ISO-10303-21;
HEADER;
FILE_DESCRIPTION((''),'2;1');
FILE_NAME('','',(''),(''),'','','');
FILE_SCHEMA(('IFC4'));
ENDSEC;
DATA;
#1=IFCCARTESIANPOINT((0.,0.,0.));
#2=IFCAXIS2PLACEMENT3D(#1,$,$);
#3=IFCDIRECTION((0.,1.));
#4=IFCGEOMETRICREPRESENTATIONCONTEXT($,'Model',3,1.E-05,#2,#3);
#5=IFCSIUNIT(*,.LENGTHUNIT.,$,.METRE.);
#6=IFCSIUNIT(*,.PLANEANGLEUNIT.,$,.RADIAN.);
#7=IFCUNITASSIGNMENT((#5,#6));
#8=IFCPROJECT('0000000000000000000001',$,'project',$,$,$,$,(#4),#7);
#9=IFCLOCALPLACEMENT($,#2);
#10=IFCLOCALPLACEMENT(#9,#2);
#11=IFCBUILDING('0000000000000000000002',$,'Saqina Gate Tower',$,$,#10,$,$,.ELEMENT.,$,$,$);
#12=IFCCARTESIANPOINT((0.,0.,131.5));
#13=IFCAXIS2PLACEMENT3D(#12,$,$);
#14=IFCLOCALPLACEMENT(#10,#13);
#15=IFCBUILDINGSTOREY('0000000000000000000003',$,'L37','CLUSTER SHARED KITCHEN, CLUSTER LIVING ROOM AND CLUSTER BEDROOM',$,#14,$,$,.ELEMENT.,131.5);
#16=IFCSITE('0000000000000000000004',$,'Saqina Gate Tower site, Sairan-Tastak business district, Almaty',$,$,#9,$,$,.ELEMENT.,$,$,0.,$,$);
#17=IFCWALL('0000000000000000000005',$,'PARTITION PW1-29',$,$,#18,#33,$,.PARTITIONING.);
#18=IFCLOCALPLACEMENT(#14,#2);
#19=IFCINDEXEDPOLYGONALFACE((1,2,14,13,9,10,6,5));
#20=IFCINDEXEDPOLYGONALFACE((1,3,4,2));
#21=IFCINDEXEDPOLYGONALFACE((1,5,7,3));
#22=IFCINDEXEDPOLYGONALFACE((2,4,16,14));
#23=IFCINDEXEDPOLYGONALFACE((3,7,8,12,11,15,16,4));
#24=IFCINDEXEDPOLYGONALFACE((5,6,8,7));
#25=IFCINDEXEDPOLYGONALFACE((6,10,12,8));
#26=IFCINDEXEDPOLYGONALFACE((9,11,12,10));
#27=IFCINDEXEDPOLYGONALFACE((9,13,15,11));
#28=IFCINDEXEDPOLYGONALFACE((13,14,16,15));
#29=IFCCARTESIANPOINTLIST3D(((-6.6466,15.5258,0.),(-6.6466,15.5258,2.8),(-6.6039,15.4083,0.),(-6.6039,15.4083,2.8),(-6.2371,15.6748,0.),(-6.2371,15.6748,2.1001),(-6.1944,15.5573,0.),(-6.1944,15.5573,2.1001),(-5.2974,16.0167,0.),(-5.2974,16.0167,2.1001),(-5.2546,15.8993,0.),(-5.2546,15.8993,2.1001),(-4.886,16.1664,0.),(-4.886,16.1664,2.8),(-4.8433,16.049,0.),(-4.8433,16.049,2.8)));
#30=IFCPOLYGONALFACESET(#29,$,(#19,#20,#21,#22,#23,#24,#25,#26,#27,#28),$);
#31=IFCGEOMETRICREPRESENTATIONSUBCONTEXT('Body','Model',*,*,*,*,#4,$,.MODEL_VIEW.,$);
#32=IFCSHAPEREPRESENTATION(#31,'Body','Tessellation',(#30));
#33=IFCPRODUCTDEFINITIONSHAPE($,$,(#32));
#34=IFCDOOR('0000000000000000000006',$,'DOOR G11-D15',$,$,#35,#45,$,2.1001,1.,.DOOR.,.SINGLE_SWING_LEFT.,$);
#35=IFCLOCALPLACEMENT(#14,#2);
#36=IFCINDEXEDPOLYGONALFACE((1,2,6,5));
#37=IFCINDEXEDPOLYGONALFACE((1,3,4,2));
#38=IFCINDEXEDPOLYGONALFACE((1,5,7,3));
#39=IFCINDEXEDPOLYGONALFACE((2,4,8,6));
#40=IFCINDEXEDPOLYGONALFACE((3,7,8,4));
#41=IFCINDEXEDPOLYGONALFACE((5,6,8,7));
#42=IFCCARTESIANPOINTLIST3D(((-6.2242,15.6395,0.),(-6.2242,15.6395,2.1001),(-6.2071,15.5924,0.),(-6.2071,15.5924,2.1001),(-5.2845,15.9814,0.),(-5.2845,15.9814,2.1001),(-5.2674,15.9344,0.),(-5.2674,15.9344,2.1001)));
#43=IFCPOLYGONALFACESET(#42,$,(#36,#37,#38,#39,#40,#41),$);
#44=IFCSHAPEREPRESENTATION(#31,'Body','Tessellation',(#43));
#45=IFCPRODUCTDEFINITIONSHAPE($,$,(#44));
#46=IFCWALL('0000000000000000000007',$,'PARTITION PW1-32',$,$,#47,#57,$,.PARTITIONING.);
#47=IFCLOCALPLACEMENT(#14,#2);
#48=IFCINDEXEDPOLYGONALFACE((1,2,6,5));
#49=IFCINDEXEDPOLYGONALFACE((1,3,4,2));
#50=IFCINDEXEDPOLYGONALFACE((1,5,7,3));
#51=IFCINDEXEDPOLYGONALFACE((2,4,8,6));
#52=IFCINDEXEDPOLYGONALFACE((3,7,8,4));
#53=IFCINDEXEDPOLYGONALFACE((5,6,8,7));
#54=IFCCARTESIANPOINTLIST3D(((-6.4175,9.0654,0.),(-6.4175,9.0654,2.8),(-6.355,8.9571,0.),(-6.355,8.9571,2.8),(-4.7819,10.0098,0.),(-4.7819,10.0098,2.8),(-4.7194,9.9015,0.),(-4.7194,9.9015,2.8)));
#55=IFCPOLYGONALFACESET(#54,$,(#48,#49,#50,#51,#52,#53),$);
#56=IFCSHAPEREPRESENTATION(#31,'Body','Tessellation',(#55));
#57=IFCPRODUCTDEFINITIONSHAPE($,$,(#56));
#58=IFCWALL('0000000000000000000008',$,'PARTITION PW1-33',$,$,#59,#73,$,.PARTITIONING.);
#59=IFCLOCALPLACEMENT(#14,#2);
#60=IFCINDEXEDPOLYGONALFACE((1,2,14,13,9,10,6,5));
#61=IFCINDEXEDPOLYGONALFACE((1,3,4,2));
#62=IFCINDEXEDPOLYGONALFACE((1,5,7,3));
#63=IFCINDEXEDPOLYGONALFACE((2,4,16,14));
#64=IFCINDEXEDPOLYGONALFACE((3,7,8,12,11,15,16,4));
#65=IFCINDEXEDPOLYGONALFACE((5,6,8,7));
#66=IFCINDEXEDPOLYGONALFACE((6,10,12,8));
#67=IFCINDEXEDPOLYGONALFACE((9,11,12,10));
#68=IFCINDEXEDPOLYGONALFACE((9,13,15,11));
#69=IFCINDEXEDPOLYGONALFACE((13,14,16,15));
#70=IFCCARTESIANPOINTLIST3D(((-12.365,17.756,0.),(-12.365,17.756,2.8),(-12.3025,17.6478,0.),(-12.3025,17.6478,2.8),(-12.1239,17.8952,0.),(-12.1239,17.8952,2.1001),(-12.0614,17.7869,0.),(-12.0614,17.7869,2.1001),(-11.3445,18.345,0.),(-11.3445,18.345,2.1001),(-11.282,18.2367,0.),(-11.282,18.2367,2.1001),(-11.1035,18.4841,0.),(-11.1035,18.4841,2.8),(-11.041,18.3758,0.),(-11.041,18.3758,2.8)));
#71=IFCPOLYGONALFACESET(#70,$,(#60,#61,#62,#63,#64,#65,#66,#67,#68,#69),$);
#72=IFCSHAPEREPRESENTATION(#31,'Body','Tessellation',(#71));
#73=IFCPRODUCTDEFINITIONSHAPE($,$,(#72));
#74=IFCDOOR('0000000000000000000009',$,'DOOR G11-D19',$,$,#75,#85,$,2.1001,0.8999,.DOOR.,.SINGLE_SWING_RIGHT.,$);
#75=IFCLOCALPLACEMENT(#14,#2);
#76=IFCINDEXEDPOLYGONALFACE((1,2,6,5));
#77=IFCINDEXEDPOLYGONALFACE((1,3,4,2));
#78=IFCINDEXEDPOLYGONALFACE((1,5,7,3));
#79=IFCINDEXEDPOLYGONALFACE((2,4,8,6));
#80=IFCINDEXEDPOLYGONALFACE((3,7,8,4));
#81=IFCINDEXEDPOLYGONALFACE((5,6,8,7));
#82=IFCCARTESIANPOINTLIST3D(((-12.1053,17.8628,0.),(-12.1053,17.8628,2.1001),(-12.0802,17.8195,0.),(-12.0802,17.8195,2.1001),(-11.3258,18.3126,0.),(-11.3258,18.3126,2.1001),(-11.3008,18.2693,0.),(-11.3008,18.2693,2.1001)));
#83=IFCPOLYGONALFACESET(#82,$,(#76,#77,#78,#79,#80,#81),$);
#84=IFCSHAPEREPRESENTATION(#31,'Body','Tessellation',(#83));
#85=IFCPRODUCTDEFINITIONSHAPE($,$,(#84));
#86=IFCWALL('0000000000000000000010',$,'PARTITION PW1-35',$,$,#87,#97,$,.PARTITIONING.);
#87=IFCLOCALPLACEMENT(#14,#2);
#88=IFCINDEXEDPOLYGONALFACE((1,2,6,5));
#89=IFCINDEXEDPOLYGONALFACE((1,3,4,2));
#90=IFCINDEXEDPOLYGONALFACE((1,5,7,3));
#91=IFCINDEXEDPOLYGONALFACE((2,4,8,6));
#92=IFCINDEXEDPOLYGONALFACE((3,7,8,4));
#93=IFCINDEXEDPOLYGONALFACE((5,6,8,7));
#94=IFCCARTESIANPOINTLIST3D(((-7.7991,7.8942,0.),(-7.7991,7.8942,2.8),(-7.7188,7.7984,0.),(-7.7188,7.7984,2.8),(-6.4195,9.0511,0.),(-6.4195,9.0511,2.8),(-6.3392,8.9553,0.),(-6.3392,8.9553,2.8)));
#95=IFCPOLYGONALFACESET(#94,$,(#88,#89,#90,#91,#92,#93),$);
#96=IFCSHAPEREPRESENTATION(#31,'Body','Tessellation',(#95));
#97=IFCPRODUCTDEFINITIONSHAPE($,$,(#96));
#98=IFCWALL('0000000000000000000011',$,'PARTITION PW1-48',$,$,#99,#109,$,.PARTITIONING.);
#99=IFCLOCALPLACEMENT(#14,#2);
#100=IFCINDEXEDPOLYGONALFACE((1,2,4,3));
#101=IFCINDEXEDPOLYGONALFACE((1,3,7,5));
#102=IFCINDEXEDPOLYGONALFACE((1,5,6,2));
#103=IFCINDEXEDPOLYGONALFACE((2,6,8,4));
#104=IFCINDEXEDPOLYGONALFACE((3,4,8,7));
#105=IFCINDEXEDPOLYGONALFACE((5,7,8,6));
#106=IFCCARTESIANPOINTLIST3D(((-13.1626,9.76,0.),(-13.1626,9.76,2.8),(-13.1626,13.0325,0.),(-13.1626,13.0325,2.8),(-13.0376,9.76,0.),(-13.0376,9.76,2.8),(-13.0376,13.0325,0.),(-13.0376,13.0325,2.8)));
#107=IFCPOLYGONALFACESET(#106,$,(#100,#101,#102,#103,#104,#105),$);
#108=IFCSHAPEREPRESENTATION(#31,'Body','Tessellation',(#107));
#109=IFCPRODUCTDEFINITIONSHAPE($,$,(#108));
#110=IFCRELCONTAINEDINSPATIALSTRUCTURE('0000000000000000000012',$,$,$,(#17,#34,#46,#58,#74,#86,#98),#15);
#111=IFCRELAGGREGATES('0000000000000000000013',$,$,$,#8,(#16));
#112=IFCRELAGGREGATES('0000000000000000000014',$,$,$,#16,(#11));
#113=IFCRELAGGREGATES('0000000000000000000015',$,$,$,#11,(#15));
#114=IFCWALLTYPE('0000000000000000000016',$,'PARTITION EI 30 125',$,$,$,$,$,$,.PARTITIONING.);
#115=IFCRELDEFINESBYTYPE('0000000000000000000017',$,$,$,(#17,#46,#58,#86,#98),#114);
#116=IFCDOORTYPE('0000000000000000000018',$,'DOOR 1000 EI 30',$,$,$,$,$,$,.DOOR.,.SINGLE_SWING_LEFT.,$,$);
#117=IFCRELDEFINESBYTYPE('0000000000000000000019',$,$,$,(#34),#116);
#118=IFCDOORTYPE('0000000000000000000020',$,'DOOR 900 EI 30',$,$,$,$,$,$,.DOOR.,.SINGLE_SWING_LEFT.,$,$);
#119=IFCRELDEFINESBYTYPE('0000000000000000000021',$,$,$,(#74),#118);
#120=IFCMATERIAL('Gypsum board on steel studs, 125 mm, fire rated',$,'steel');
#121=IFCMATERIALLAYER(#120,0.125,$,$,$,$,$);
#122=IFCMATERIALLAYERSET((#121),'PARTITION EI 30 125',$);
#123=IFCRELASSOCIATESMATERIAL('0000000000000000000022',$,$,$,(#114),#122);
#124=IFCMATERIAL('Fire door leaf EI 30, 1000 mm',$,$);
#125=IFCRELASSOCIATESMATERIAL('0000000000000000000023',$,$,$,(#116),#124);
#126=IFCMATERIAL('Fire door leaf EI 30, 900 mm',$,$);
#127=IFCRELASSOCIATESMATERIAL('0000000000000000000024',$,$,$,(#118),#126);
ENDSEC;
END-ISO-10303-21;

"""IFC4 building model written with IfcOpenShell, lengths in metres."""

from ifc_helpers import new_model, si_unit, direction, frame, frame_2d, origin, place, context, subcontext, project, spatial, rectangle, extrude, material, layer, layer_set, type_object, element, fill, save


model = new_model("IFC4")

# Units and contexts
model_context = context("Model", 3, precision=1e-05, world=origin(), true_north=direction((0.0, 1.0)))
body_context = subcontext(model_context, "Body", "Model", "MODEL_VIEW")
ifc_project = project(units=[si_unit("LENGTHUNIT", "METRE"), si_unit("PLANEANGLEUNIT", "RADIAN")], contexts=[model_context])

# Site, building, storey
site_placement = place(None, origin())
site = spatial("IfcSite", under=ifc_project, at=site_placement, Name="Saqina Gate Tower site, Sairan-Tastak business district, Almaty", CompositionType="ELEMENT", RefElevation=0.0)
building_placement = place(site_placement, origin())
building = spatial("IfcBuilding", under=site, at=building_placement, Name="Saqina Gate Tower", CompositionType="ELEMENT")
storey_placement = place(building_placement, frame((0.0, 0.0, 131.5)))
storey = spatial("IfcBuildingStorey", under=building, at=storey_placement, Name="L37", Description="CLUSTER SHARED KITCHEN, CLUSTER LIVING ROOM AND CLUSTER BEDROOM", CompositionType="ELEMENT", Elevation=131.5)

# Shared definitions
ifc_material_1 = material(Name="Gypsum board on steel studs, 125 mm, fire rated", Category="steel")
ifc_layer_1 = layer(ifc_material_1, 0.125)
ifc_layer_set_1 = layer_set([ifc_layer_1], Name="PARTITION EI 30 125")
wall_type_1 = type_object("IfcWallType", Name="PARTITION EI 30 125", PredefinedType="PARTITIONING", material=ifc_layer_set_1)

# Wall, opening, door
wall_1_placement = place(storey_placement, frame((-6.6252, 15.467, 0.0), z_axis=(0.0, 0.0, 1.0), x_axis=(0.939717, 0.341952, 0.0)))
wall_1 = element("IfcWall", 1, at=wall_1_placement, inside=storey, type_object=wall_type_1, Name="PARTITION PW1-29", PredefinedType="PARTITIONING", context=body_context, shape_type="SweptSolid", body=[
    extrude(rectangle(XDim=1.8735, YDim=0.125, at=frame_2d((0.9368, 0.0))), origin(), (0.0, 0.0, 1.0), 2.8),
])
opening_1_placement = place(wall_1_placement, frame((0.4358, 0.0, 0.0)))
opening_1 = element("IfcOpeningElement", 2, at=opening_1_placement, cuts=wall_1, PredefinedType="OPENING", context=body_context, shape_type="SweptSolid", body=[
    extrude(rectangle(XDim=1.0, YDim=2.1001, at=frame_2d((0.5, 1.05))), frame((0.0, 0.0745, 0.0), z_axis=(0.0, -1.0, 0.0), x_axis=(1.0, 0.0, 0.0)), (0.0, 0.0, 1.0), 0.1489),
])
ifc_material_2 = material(Name="Fire door leaf EI 30, 1000 mm")
door_type_1 = type_object("IfcDoorType", Name="DOOR 1000 EI 30", OperationType="SINGLE_SWING_LEFT", PredefinedType="DOOR", material=ifc_material_2)
door_1_placement = place(opening_1_placement, origin())
door_1 = element("IfcDoor", 3, at=door_1_placement, inside=storey, type_object=door_type_1, Name="DOOR G11-D15", OperationType="SINGLE_SWING_LEFT", OverallHeight=2.1001, OverallWidth=1.0, PredefinedType="DOOR", context=body_context, shape_type="SweptSolid", body=[
    extrude(rectangle(XDim=1.0, YDim=2.1001, at=frame_2d((0.5, 1.05))), frame((0.0, 0.0249, 0.0), z_axis=(0.0, -1.0, 0.0), x_axis=(1.0, 0.0, 0.0)), (0.0, 0.0, 1.0), 0.05),
])
fill(opening_1, door_1)

# Wall
wall_2_placement = place(storey_placement, frame((-6.3862, 9.0112, 0.0), z_axis=(0.0, 0.0, 1.0), x_axis=(0.866007, 0.500032, 0.0)))
element("IfcWall", 4, at=wall_2_placement, inside=storey, type_object=wall_type_1, Name="PARTITION PW1-32", PredefinedType="PARTITIONING", context=body_context, shape_type="SweptSolid", body=[
    extrude(rectangle(XDim=1.8887, YDim=0.125, at=frame_2d((0.9443, 0.0))), origin(), (0.0, 0.0, 1.0), 2.8),
])

# Wall, opening, door
wall_3_placement = place(storey_placement, frame((-12.3337, 17.7019, 0.0), z_axis=(0.0, 0.0, 1.0), x_axis=(0.86611, 0.499853, 0.0)))
wall_3 = element("IfcWall", 5, at=wall_3_placement, inside=storey, type_object=wall_type_1, Name="PARTITION PW1-33", PredefinedType="PARTITIONING", context=body_context, shape_type="SweptSolid", body=[
    extrude(rectangle(XDim=1.4565, YDim=0.125, at=frame_2d((0.7283, 0.0))), origin(), (0.0, 0.0, 1.0), 2.8),
])
opening_2_placement = place(wall_3_placement, frame((0.2783, 0.0, 0.0)))
opening_2 = element("IfcOpeningElement", 6, at=opening_2_placement, cuts=wall_3, PredefinedType="OPENING", context=body_context, shape_type="SweptSolid", body=[
    extrude(rectangle(XDim=0.8999, YDim=2.1001, at=frame_2d((0.45, 1.05))), frame((0.0, 0.0745, 0.0), z_axis=(0.0, -1.0, 0.0), x_axis=(1.0, 0.0, 0.0)), (0.0, 0.0, 1.0), 0.1489),
])
ifc_material_3 = material(Name="Fire door leaf EI 30, 900 mm")
door_type_2 = type_object("IfcDoorType", Name="DOOR 900 EI 30", OperationType="SINGLE_SWING_LEFT", PredefinedType="DOOR", material=ifc_material_3)
door_2_placement = place(opening_2_placement, frame((0.8999, 0.0, 0.0), z_axis=(0.0, 0.0, 1.0), x_axis=(-1.0, 0.0, 0.0)))
door_2 = element("IfcDoor", 7, at=door_2_placement, inside=storey, type_object=door_type_2, Name="DOOR G11-D19", OperationType="SINGLE_SWING_RIGHT", OverallHeight=2.1001, OverallWidth=0.8999, PredefinedType="DOOR", context=body_context, shape_type="SweptSolid", body=[
    extrude(rectangle(XDim=0.8999, YDim=2.1001, at=frame_2d((0.45, 1.05))), frame((0.0, 0.0249, 0.0), z_axis=(0.0, -1.0, 0.0), x_axis=(1.0, 0.0, 0.0)), (0.0, 0.0, 1.0), 0.05),
])
fill(opening_2, door_2)

# Walls
wall_4_placement = place(storey_placement, frame((-7.759, 7.8462, 0.0), z_axis=(0.0, 0.0, 1.0), x_axis=(0.766228, 0.642569, 0.0)))
element("IfcWall", 8, at=wall_4_placement, inside=storey, type_object=wall_type_1, Name="PARTITION PW1-35", PredefinedType="PARTITIONING", context=body_context, shape_type="SweptSolid", body=[
    extrude(rectangle(XDim=1.8005, YDim=0.125, at=frame_2d((0.9004, 0.0))), origin(), (0.0, 0.0, 1.0), 2.8),
])
wall_5_placement = place(storey_placement, frame((-13.1001, 9.76, 0.0), z_axis=(0.0, 0.0, 1.0), x_axis=(0.0, 1.0, 0.0)))
element("IfcWall", 9, at=wall_5_placement, inside=storey, type_object=wall_type_1, Name="PARTITION PW1-48", PredefinedType="PARTITIONING", context=body_context, shape_type="SweptSolid", body=[
    extrude(rectangle(XDim=3.2725, YDim=0.125, at=frame_2d((1.6362, 0.0))), origin(), (0.0, 0.0, 1.0), 2.8),
])

save(model, "model.ifc")
